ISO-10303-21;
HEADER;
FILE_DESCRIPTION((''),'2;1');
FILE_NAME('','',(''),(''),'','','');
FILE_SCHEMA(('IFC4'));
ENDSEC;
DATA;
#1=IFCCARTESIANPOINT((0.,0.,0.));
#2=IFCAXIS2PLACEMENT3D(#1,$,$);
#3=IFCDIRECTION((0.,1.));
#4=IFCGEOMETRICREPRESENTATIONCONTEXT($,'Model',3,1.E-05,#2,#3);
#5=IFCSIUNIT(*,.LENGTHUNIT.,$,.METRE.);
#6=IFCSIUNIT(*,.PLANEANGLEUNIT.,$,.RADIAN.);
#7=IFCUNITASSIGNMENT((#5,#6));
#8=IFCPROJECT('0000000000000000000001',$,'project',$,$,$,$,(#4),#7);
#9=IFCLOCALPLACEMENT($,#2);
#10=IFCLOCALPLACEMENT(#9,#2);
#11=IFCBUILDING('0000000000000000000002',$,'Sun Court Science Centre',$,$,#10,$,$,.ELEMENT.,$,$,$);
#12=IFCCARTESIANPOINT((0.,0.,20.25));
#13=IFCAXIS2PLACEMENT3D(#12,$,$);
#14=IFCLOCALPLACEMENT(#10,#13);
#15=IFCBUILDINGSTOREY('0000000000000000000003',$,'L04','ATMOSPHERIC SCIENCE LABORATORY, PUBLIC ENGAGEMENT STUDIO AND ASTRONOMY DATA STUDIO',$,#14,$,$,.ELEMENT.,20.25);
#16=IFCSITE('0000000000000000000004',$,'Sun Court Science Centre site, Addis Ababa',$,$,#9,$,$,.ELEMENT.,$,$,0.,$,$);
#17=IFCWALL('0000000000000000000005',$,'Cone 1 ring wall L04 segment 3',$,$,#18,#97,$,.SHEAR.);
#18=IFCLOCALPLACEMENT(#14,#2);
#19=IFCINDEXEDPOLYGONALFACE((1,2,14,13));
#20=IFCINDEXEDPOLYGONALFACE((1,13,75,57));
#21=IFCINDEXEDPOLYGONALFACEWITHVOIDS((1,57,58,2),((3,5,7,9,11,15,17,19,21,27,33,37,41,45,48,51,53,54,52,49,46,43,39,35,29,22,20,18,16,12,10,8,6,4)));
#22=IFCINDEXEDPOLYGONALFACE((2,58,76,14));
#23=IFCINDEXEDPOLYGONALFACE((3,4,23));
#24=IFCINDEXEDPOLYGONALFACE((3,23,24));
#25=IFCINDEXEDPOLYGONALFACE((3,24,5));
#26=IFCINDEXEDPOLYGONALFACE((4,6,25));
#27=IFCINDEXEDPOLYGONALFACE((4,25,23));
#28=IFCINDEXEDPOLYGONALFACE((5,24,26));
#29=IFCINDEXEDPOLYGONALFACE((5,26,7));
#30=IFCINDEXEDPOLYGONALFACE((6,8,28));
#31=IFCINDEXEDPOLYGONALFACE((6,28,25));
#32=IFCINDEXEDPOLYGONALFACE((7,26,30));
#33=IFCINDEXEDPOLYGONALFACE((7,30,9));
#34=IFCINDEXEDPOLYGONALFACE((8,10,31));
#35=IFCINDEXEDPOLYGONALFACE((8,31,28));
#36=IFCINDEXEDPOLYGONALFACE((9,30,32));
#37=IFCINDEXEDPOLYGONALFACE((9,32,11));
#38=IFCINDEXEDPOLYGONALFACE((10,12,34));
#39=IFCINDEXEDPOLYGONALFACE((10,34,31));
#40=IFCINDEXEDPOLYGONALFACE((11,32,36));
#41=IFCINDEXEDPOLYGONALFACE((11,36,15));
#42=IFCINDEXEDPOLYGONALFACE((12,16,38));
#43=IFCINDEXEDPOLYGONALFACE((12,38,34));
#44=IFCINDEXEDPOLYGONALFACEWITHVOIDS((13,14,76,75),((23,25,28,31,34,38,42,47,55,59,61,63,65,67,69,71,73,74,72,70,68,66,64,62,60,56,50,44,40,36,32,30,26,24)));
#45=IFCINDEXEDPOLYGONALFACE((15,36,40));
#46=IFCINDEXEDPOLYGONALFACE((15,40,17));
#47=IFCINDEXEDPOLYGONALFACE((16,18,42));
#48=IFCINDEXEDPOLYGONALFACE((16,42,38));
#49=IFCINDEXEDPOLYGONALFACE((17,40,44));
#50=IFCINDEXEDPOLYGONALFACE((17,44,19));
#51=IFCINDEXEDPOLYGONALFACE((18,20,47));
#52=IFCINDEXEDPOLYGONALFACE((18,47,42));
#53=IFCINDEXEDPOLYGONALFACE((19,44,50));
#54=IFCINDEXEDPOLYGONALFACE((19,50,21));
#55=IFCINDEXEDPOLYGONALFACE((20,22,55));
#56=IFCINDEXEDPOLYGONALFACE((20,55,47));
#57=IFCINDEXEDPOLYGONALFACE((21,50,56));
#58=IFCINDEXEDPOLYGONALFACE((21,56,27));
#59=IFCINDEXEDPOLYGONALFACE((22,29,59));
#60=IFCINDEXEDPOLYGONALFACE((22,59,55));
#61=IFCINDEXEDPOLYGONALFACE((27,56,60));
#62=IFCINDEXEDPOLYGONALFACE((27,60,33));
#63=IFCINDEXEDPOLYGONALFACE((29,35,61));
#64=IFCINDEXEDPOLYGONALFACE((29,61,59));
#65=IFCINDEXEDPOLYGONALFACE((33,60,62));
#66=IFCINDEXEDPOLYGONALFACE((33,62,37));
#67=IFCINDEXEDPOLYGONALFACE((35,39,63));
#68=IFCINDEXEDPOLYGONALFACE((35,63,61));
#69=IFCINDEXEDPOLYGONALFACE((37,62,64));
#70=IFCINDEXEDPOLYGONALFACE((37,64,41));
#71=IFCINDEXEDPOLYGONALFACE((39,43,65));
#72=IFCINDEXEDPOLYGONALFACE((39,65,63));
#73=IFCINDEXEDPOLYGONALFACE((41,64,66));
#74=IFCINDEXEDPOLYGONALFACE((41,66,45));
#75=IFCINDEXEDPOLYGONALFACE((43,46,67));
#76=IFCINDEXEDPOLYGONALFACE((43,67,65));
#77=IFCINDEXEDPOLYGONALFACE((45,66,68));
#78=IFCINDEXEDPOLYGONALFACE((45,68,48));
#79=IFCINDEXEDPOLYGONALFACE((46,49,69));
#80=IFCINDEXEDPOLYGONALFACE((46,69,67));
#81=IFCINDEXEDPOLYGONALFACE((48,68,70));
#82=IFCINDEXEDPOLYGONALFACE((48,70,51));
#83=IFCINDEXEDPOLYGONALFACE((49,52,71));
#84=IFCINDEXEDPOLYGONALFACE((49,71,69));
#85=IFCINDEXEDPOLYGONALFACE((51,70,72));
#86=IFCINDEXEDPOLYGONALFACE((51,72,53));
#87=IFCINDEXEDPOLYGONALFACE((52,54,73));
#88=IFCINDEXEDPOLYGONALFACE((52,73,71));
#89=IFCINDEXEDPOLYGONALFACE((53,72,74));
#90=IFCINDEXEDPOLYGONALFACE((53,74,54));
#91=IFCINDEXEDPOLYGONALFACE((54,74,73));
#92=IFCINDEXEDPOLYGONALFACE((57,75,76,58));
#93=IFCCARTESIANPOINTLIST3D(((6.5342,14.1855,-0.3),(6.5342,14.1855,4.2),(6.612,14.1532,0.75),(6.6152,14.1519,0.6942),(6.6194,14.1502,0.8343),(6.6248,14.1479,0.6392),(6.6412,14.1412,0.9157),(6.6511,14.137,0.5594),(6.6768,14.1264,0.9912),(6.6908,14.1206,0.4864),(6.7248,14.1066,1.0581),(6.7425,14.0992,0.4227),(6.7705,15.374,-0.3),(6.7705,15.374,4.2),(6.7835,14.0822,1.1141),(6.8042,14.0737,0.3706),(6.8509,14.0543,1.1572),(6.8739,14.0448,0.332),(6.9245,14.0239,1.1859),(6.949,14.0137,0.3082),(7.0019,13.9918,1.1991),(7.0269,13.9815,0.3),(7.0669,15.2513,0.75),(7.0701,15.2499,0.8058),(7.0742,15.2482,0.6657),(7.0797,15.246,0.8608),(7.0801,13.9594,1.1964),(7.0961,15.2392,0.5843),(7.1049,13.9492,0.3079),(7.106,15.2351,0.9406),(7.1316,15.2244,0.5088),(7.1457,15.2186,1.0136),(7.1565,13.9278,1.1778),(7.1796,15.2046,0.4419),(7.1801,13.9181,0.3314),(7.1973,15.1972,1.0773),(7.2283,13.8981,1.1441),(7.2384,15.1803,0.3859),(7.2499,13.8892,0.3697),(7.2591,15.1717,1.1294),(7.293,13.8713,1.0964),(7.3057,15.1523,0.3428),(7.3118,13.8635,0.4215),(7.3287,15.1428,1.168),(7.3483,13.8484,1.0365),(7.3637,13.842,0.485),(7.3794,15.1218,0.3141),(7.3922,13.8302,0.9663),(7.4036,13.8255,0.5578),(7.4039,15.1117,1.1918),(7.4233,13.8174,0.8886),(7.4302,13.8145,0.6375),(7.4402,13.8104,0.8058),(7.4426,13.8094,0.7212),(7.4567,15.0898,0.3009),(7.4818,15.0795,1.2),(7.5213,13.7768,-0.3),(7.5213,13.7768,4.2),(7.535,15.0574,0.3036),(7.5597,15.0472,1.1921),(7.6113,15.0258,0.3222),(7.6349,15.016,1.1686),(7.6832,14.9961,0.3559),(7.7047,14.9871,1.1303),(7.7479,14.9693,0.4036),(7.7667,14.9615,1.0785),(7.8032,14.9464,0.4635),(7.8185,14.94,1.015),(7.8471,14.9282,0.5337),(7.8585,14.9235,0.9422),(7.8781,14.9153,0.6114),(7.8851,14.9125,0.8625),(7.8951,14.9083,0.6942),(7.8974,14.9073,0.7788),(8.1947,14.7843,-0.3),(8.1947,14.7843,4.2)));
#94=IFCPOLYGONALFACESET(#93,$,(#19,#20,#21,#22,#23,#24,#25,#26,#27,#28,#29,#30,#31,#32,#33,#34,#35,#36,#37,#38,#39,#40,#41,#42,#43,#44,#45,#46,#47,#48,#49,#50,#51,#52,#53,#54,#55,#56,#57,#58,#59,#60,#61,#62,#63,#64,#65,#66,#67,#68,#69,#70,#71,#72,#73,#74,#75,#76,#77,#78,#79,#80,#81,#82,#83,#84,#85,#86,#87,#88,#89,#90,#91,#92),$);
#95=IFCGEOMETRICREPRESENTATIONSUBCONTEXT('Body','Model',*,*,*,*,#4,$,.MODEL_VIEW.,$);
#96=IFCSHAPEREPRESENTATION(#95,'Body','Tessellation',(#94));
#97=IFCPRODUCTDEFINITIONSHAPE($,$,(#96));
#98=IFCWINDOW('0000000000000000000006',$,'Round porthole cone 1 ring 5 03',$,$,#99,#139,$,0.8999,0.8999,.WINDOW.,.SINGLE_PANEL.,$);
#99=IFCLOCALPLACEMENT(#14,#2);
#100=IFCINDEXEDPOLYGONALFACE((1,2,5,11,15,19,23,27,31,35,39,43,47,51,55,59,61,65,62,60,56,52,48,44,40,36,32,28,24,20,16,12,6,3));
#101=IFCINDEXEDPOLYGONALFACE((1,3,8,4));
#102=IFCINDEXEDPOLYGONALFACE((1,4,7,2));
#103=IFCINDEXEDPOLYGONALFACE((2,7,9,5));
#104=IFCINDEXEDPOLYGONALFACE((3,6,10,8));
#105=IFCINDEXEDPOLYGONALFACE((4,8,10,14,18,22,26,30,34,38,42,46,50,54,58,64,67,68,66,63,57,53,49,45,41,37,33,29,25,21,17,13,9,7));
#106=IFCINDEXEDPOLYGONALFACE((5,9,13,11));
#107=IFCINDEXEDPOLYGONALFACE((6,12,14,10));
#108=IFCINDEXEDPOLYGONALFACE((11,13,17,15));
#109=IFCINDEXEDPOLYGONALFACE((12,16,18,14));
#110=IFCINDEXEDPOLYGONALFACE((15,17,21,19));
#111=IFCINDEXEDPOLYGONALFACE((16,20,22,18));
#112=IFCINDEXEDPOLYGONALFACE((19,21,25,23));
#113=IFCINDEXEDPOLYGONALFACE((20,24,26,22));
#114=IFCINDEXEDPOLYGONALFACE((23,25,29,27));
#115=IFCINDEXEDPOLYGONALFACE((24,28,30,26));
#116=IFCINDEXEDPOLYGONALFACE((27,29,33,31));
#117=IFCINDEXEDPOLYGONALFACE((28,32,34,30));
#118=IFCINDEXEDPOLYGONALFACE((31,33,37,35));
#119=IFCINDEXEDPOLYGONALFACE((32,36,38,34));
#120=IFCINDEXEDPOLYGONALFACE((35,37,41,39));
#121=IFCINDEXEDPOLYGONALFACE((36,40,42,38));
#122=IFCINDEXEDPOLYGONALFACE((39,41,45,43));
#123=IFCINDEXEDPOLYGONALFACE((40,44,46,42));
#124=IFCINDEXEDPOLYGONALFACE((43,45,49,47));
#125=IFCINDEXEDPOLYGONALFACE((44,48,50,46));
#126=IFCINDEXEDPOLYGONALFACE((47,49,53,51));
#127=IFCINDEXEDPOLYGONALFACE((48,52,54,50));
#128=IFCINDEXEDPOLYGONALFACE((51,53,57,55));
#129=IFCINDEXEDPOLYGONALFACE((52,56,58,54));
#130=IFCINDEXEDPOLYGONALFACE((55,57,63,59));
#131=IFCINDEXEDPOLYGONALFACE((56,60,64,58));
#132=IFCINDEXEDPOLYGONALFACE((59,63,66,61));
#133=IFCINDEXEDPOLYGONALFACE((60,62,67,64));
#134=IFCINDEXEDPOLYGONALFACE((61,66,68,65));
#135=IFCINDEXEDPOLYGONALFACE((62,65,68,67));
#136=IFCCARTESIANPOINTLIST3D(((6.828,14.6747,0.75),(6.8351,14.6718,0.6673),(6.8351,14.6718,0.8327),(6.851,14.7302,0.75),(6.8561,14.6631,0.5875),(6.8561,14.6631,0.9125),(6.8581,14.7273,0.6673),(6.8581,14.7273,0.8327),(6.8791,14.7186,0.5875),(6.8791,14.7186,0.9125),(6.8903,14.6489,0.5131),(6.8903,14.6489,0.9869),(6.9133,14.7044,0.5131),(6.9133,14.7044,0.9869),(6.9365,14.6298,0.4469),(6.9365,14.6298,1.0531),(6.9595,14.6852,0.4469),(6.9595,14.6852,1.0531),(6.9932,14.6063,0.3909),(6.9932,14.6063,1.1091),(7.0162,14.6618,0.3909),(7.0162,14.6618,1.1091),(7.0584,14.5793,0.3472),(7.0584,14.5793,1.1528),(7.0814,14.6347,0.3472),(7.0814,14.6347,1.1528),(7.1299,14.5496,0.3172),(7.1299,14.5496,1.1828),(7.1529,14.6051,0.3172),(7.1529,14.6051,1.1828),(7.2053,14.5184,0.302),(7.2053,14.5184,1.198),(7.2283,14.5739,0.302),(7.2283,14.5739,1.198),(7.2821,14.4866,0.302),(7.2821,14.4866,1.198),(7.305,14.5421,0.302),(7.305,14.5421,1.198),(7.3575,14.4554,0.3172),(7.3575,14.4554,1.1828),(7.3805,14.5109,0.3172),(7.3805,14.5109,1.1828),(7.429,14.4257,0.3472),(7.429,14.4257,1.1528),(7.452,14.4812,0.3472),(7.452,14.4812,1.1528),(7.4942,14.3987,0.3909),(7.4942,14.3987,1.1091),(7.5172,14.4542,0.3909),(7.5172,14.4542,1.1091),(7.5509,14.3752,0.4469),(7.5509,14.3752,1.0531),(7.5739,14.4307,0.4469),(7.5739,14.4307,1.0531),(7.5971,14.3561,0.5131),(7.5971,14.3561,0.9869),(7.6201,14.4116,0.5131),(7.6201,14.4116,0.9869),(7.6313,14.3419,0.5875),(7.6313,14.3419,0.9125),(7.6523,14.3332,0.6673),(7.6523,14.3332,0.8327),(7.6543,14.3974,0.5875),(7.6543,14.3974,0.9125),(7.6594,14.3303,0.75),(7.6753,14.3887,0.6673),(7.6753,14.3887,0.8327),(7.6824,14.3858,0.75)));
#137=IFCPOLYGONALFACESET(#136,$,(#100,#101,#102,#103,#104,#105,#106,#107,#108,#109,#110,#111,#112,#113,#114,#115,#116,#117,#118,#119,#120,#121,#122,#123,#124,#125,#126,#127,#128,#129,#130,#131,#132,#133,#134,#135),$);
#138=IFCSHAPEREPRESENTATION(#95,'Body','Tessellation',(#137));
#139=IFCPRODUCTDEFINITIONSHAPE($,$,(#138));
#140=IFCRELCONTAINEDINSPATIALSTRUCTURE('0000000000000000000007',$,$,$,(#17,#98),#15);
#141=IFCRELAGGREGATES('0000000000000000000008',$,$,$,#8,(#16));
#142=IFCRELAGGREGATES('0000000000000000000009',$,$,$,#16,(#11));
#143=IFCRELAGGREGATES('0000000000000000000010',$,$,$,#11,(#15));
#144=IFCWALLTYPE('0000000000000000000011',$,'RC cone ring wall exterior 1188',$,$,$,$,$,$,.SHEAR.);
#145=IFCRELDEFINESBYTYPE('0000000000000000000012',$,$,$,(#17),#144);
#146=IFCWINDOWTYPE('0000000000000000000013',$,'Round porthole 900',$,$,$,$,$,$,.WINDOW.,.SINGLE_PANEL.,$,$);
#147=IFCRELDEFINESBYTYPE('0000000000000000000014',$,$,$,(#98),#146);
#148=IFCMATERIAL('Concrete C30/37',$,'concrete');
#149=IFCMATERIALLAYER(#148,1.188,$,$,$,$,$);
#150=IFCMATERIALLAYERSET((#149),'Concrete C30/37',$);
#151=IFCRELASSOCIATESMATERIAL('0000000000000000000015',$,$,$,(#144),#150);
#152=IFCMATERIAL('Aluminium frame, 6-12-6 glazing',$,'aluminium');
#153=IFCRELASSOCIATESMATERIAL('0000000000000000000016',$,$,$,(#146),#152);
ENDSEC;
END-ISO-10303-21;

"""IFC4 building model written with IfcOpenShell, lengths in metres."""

from ifc_helpers import new_model, si_unit, direction, frame, frame_2d, origin, place, context, subcontext, project, spatial, polyline, circle, outline, extrude, material, layer, layer_set, type_object, element, fill, save


model = new_model("IFC4")

# Units and contexts
model_context = context("Model", 3, precision=1e-05, world=origin(), true_north=direction((0.0, 1.0)))
body_context = subcontext(model_context, "Body", "Model", "MODEL_VIEW")
ifc_project = project(units=[si_unit("LENGTHUNIT", "METRE"), si_unit("PLANEANGLEUNIT", "RADIAN")], contexts=[model_context])

# Site, building, storey
site_placement = place(None, origin())
site = spatial("IfcSite", under=ifc_project, at=site_placement, Name="Sun Court Science Centre site, Addis Ababa", CompositionType="ELEMENT", RefElevation=0.0)
building_placement = place(site_placement, origin())
building = spatial("IfcBuilding", under=site, at=building_placement, Name="Sun Court Science Centre", CompositionType="ELEMENT")
storey_placement = place(building_placement, frame((0.0, 0.0, 20.25)))
storey = spatial("IfcBuildingStorey", under=building, at=storey_placement, Name="L04", Description="ATMOSPHERIC SCIENCE LABORATORY, PUBLIC ENGAGEMENT STUDIO AND ASTRONOMY DATA STUDIO", CompositionType="ELEMENT", Elevation=20.25)

# Wall, opening, window
ifc_material_1 = material(Name="Concrete C30/37", Category="concrete")
ifc_layer_1 = layer(ifc_material_1, 1.188)
ifc_layer_set_1 = layer_set([ifc_layer_1], Name="Concrete C30/37")
wall_type_1 = type_object("IfcWallType", Name="RC cone ring wall exterior 1188", PredefinedType="SHEAR", material=ifc_layer_set_1)
ifc_material_2 = material(Name="Aluminium frame, 6-12-6 glazing", Category="aluminium")
window_type = type_object("IfcWindowType", Name="Round porthole 900", PartitioningType="SINGLE_PANEL", PredefinedType="WINDOW", material=ifc_material_2)
wall_1_placement = place(storey_placement, frame((7.967, 14.2354, -0.3), z_axis=(0.0, 0.0, 1.0), x_axis=(-0.923862, 0.382725, 0.0)))
wall_1 = element("IfcWall", 1, at=wall_1_placement, inside=storey, type_object=wall_type_1, Name="Cone 1 ring wall L04 segment 3", PredefinedType="SHEAR", context=body_context, shape_type="SweptSolid", body=[
    extrude(outline(polyline([(-0.0002, -0.5942), (1.5413, -0.594), (1.3047, 0.5945), (0.2363, 0.5942), (-0.0002, -0.5942)])), origin(), (0.0, 0.0, 1.0), 4.5),
])
opening_1_placement = place(wall_1_placement, frame((0.3206, 0.0, 0.6001)))
opening_1 = element("IfcOpeningElement", 2, at=opening_1_placement, cuts=wall_1, PredefinedType="OPENING", context=body_context, shape_type="SweptSolid", body=[
    extrude(circle(Radius=0.45, at=frame_2d((0.45, 0.45))), frame((0.0, 0.6042, 0.0), z_axis=(0.0, -1.0, 0.0), x_axis=(1.0, 0.0, 0.0)), (0.0, 0.0, 1.0), 1.2085),
])
window_1_placement = place(opening_1_placement, origin())
window_1 = element("IfcWindow", 3, at=window_1_placement, inside=storey, type_object=window_type, Name="Round porthole cone 1 ring 5 03", OverallHeight=0.8999, OverallWidth=0.8999, PartitioningType="SINGLE_PANEL", PredefinedType="WINDOW", context=body_context, shape_type="SweptSolid", body=[
    extrude(circle(Radius=0.45, at=frame_2d((0.45, 0.45))), frame((0.0, 0.03, 0.0), z_axis=(0.0, -1.0, 0.0), x_axis=(1.0, 0.0, 0.0)), (0.0, 0.0, 1.0), 0.0601),
])
fill(opening_1, window_1)

save(model, "model.ifc")
